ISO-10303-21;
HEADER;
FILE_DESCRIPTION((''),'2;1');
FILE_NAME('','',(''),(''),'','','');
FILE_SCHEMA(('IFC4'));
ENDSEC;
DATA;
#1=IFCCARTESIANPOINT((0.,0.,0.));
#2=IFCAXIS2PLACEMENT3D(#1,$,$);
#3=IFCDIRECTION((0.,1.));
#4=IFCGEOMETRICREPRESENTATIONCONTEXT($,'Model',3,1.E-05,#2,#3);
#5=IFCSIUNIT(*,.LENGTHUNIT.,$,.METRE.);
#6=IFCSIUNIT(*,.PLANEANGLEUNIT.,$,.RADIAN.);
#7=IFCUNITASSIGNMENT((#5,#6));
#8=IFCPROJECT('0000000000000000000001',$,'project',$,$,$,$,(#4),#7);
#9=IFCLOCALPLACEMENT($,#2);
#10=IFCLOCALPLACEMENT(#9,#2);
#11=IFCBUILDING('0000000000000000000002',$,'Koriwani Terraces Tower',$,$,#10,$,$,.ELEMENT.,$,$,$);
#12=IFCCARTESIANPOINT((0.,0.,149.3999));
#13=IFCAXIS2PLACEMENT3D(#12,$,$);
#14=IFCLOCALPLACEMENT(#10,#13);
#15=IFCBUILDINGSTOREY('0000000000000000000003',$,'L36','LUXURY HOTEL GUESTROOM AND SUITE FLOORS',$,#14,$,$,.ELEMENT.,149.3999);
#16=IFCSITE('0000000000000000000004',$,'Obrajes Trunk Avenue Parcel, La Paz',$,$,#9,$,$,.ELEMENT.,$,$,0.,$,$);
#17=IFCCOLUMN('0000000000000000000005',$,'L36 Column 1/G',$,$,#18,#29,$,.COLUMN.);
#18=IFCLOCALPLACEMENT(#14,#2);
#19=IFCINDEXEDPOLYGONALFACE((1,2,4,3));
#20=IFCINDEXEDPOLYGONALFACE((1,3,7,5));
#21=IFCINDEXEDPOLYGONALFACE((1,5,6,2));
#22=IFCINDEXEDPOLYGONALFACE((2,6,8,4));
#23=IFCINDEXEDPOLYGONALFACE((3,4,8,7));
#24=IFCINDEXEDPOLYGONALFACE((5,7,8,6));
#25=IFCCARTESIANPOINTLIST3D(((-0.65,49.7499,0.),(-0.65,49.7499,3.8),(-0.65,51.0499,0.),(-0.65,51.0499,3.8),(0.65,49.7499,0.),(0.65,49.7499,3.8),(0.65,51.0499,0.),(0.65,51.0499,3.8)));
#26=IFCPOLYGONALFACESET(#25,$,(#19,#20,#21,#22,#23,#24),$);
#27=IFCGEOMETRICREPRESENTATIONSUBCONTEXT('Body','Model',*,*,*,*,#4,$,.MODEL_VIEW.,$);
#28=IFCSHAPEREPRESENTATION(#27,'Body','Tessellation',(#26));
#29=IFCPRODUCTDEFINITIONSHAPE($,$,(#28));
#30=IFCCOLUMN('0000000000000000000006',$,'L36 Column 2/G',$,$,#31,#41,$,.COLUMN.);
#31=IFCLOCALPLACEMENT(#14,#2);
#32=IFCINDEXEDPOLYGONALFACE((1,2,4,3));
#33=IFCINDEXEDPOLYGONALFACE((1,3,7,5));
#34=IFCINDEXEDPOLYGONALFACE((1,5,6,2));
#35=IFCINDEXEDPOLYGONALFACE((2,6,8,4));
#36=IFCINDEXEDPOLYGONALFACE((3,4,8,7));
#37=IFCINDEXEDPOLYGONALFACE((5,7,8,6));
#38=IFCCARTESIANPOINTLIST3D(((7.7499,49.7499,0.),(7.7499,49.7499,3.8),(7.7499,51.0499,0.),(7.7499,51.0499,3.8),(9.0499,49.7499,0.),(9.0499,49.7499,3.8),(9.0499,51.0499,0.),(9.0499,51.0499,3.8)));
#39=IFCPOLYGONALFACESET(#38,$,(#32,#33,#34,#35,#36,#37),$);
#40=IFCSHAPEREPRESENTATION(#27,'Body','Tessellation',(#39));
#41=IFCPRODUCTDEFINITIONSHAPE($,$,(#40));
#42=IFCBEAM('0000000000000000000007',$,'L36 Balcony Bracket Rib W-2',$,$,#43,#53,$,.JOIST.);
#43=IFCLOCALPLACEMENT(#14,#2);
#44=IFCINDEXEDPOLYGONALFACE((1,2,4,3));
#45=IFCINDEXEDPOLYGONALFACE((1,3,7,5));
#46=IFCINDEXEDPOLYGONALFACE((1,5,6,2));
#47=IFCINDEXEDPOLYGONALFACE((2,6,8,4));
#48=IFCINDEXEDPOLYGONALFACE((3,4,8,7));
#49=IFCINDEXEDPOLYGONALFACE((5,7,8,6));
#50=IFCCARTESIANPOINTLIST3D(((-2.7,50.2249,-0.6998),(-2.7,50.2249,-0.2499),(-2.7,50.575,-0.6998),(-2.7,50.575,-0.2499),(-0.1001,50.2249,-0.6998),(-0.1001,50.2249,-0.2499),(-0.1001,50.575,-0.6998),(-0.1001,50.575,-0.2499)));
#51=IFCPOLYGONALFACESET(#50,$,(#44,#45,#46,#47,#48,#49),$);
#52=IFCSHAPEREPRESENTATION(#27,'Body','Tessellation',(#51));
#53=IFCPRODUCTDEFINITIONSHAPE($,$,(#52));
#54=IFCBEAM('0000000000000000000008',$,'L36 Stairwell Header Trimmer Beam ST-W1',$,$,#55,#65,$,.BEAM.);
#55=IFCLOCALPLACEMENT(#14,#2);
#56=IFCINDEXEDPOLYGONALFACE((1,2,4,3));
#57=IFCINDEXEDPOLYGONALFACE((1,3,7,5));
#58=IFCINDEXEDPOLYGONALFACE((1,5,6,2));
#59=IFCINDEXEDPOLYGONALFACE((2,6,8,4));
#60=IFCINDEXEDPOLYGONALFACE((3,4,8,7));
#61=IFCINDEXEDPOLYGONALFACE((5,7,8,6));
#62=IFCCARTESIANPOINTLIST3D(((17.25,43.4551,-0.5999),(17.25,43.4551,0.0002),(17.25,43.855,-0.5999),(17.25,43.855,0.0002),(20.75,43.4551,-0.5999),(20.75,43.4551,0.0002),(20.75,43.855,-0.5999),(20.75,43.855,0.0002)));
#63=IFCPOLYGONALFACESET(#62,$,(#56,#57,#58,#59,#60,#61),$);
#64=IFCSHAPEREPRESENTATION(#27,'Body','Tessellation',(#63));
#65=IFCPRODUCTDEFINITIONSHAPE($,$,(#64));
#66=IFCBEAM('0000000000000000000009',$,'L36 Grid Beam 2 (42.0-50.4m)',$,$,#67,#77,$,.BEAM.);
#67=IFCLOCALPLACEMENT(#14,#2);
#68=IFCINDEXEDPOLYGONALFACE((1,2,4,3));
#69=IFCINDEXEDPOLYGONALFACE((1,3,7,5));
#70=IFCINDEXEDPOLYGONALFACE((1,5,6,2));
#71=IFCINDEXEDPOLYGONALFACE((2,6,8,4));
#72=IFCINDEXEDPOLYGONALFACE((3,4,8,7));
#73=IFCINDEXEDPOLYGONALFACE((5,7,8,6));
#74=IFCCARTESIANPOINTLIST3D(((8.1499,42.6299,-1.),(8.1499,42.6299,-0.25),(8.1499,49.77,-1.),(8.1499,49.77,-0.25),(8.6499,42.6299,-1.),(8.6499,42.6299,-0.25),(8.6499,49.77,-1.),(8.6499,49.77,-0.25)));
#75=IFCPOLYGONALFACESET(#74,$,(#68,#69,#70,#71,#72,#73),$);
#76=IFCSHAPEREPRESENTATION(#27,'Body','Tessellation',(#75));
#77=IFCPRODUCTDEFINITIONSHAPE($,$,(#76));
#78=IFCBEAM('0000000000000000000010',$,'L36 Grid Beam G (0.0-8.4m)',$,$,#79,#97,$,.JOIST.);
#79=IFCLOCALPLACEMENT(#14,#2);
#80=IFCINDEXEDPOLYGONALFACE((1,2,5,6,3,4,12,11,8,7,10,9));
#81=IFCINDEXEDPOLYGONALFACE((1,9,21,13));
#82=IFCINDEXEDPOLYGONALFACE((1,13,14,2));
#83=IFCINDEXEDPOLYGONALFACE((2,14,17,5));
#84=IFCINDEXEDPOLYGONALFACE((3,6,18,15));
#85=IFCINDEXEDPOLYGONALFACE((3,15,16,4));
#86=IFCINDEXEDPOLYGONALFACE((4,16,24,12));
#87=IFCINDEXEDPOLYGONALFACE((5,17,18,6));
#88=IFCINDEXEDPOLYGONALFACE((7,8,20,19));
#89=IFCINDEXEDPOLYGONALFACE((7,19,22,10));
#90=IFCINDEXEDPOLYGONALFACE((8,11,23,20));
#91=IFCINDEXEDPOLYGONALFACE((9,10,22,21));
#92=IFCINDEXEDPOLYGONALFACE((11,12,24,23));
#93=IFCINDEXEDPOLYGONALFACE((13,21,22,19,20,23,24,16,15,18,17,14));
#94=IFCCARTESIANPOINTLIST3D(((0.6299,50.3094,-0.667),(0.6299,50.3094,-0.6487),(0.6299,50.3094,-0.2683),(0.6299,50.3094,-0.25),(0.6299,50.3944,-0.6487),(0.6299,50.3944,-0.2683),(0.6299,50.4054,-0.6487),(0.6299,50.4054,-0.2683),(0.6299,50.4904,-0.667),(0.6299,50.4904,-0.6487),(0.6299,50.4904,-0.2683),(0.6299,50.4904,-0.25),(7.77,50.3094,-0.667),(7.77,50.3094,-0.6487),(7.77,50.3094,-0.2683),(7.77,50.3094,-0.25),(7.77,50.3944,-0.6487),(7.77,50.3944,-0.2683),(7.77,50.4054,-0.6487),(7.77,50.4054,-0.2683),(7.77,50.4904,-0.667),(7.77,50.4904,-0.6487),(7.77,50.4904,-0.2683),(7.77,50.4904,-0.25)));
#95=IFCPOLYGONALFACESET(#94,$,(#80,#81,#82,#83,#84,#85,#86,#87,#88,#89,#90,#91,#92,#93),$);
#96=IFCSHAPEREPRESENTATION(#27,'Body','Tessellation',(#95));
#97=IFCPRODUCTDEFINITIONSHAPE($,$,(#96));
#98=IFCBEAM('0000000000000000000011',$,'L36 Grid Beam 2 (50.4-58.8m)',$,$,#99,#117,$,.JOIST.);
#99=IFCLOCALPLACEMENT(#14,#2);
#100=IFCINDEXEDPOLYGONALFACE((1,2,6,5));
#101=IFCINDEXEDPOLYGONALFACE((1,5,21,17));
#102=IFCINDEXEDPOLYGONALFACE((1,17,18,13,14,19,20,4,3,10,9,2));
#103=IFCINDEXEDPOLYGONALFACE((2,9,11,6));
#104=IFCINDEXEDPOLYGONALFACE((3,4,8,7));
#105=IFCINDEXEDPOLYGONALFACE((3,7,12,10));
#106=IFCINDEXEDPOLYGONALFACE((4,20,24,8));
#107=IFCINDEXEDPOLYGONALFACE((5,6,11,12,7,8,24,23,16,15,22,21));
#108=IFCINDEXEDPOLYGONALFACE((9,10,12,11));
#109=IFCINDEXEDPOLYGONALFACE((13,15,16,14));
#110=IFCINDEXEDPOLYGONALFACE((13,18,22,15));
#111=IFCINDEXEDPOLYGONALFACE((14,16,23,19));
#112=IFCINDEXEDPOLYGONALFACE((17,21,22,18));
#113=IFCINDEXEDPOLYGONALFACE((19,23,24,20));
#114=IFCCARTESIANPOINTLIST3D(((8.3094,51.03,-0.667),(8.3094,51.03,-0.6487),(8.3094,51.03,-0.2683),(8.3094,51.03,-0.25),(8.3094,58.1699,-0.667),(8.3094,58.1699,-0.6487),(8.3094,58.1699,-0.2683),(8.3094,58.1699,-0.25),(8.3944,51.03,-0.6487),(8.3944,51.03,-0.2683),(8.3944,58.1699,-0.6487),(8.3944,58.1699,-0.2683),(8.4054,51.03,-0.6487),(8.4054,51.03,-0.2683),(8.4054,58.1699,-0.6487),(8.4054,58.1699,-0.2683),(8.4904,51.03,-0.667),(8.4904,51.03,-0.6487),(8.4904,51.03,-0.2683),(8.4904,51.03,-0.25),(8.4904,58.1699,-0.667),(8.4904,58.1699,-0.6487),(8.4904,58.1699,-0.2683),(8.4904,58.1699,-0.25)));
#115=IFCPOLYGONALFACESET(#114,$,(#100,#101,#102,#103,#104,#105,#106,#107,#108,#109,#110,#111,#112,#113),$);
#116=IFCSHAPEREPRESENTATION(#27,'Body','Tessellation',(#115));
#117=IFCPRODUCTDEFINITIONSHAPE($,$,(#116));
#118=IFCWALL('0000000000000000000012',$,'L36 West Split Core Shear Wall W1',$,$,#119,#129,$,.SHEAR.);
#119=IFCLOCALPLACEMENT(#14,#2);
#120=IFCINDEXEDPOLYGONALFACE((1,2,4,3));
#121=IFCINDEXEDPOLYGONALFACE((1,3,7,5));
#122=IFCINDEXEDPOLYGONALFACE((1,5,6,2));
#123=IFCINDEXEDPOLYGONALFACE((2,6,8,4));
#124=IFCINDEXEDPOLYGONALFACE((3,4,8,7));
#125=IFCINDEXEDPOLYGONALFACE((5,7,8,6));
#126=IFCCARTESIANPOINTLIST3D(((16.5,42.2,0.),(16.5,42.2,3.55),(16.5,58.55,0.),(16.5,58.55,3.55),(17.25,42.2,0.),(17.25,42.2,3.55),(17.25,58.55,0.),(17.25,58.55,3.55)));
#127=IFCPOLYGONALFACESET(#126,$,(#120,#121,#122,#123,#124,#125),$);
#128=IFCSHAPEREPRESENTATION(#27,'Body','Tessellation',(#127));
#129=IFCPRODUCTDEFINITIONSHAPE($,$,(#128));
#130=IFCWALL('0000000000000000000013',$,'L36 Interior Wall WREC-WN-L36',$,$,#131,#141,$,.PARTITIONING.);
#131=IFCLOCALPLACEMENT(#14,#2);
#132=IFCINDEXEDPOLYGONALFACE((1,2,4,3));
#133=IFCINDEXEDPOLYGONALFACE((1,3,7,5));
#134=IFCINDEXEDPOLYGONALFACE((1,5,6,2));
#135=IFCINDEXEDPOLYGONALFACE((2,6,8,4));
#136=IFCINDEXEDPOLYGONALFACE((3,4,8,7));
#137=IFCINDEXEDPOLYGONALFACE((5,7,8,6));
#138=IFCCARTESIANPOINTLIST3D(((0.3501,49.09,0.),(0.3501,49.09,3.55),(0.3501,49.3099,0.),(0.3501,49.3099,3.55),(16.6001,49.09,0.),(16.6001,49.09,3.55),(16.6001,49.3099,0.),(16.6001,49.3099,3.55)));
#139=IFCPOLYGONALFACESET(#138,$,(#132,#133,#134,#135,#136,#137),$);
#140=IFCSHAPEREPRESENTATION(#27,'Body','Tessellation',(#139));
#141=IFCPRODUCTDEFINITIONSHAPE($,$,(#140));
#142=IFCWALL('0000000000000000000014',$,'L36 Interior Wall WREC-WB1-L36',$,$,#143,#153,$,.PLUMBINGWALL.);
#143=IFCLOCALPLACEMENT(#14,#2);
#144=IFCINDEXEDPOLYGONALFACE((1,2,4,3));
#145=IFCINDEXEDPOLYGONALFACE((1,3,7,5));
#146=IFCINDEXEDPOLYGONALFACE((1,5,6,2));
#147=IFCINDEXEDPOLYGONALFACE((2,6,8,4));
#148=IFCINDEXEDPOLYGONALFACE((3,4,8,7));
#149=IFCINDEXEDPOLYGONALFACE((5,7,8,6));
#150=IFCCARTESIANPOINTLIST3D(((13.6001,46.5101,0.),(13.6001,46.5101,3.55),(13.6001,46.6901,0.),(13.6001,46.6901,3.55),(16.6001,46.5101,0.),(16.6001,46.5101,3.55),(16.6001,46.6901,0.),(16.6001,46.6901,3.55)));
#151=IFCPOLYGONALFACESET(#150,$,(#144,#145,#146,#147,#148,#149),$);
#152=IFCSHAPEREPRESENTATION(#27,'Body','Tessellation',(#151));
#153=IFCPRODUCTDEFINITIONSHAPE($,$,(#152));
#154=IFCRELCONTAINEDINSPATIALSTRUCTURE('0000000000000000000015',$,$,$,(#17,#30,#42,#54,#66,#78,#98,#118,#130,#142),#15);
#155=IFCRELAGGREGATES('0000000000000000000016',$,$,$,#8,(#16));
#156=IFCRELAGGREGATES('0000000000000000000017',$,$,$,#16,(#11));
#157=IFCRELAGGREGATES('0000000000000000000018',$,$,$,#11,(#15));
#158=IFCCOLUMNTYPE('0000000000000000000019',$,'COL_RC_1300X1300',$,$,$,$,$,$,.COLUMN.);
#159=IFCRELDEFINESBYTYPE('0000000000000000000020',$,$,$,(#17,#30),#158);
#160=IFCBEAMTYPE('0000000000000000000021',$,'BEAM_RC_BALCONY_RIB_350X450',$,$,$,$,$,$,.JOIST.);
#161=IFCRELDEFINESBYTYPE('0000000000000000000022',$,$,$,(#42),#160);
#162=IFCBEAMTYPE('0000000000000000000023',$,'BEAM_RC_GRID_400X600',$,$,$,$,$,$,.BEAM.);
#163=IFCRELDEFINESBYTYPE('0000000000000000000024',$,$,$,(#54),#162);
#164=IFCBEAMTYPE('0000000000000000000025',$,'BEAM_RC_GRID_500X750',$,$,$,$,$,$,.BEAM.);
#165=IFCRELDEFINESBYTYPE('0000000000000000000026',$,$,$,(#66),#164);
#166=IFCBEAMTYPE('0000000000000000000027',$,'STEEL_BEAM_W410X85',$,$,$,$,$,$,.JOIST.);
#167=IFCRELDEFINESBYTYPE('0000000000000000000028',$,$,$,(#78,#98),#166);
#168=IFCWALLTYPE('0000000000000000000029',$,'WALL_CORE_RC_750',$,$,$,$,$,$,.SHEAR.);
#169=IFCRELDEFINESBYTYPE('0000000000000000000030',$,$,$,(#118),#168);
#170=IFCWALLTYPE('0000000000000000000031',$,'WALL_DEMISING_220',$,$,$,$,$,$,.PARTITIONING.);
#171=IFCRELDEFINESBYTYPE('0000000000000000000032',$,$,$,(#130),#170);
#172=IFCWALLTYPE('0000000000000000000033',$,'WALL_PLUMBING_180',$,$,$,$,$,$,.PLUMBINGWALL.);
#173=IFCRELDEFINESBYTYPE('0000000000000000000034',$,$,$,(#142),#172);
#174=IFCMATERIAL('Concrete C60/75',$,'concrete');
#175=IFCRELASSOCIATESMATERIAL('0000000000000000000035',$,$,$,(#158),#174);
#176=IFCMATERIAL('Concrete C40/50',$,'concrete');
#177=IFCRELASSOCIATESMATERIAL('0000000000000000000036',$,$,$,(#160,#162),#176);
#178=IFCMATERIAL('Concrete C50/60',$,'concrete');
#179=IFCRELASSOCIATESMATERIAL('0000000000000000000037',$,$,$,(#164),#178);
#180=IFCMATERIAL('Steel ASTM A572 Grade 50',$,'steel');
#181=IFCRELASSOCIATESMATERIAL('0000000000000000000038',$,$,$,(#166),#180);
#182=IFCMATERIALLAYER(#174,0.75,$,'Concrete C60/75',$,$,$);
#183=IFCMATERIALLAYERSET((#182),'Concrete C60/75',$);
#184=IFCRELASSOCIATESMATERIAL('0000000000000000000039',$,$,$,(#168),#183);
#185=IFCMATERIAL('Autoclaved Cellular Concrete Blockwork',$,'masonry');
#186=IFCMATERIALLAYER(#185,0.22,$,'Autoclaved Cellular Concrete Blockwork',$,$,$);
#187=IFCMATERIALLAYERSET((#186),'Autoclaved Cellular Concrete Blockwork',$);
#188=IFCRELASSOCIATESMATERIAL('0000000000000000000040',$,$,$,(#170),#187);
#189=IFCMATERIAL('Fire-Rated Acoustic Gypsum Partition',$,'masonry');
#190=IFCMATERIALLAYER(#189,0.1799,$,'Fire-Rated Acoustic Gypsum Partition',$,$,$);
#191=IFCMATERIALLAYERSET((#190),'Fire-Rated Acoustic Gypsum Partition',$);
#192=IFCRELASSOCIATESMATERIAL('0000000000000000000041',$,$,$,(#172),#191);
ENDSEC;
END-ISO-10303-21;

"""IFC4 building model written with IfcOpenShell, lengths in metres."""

from ifc_helpers import new_model, si_unit, direction, frame, frame_2d, origin, origin_2d, place, context, subcontext, project, spatial, rectangle, i_section, extrude, material, layer, layer_set, material_profile, profile_set, type_object, element, save


model = new_model("IFC4")

# Units and contexts
model_context = context("Model", 3, precision=1e-05, world=origin(), true_north=direction((0.0, 1.0)))
body_context = subcontext(model_context, "Body", "Model", "MODEL_VIEW")
ifc_project = project(units=[si_unit("LENGTHUNIT", "METRE"), si_unit("PLANEANGLEUNIT", "RADIAN")], contexts=[model_context])

# Site, building, storey
site_placement = place(None, origin())
site = spatial("IfcSite", under=ifc_project, at=site_placement, Name="Obrajes Trunk Avenue Parcel, La Paz", CompositionType="ELEMENT", RefElevation=0.0)
building_placement = place(site_placement, origin())
building = spatial("IfcBuilding", under=site, at=building_placement, Name="Koriwani Terraces Tower", CompositionType="ELEMENT")
storey_placement = place(building_placement, frame((0.0, 0.0, 149.3999)))
storey = spatial("IfcBuildingStorey", under=building, at=storey_placement, Name="L36", Description="LUXURY HOTEL GUESTROOM AND SUITE FLOORS", CompositionType="ELEMENT", Elevation=149.3999)

# Columns
ifc_material_1 = material(Name="Concrete C60/75", Category="concrete")
ifc_material_profile_1 = material_profile(ifc_material_1, rectangle(XDim=1.3, YDim=1.3, at=origin_2d()), Name="Concrete C60/75", Category="LoadBearing")
ifc_profile_set_1 = profile_set([ifc_material_profile_1], Name="Concrete C60/75")
column_type = type_object("IfcColumnType", Name="COL_RC_1300X1300", PredefinedType="COLUMN", material=ifc_profile_set_1)
for number, where, z_axis, x_axis, name in (
    (1, (0.0, 50.3999, 0.0), (0.0, 0.0, 1.0), (1.0, 0.0, 0.0), "L36 Column 1/G"),
    (2, (8.3999, 50.3999, 0.0), (0.0, 0.0, 1.0), (1.0, 0.0, 0.0), "L36 Column 2/G"),
):
    element("IfcColumn", number, at=place(storey_placement, frame(where, z_axis=z_axis, x_axis=x_axis)), inside=storey, type_object=column_type, Name=name, PredefinedType="COLUMN", context=body_context, shape_type="SweptSolid", body=[
        extrude(rectangle(XDim=1.3, YDim=1.3, at=origin_2d()), origin(), (0.0, 0.0, 1.0), 3.8),
    ])

# Beams
ifc_material_2 = material(Name="Concrete C40/50", Category="concrete")
ifc_material_profile_2 = material_profile(ifc_material_2, rectangle(XDim=0.3501, YDim=0.45, at=origin_2d()), Name="Concrete C40/50", Category="LoadBearing")
ifc_profile_set_2 = profile_set([ifc_material_profile_2], Name="Concrete C40/50")
beam_type_1 = type_object("IfcBeamType", Name="BEAM_RC_BALCONY_RIB_350X450", PredefinedType="JOIST", material=ifc_profile_set_2)
beam_1_placement = place(storey_placement, frame((-2.7, 50.3999, -0.4749), z_axis=(1.0, 0.0, 0.0), x_axis=(0.0, 1.0, 0.0)))
element("IfcBeam", 3, at=beam_1_placement, inside=storey, type_object=beam_type_1, Name="L36 Balcony Bracket Rib W-2", PredefinedType="JOIST", context=body_context, shape_type="SweptSolid", body=[
    extrude(rectangle(XDim=0.3501, YDim=0.45, at=origin_2d()), origin(), (0.0, 0.0, 1.0), 2.5999),
])
ifc_material_profile_3 = material_profile(ifc_material_2, rectangle(XDim=0.3999, YDim=0.6001, at=origin_2d()), Name="Concrete C40/50", Category="LoadBearing")
ifc_profile_set_3 = profile_set([ifc_material_profile_3], Name="Concrete C40/50")
beam_type_2 = type_object("IfcBeamType", Name="BEAM_RC_GRID_400X600", PredefinedType="BEAM", material=ifc_profile_set_3)
beam_2_placement = place(storey_placement, frame((17.25, 43.655, -0.2998), z_axis=(1.0, 0.0, 0.0), x_axis=(0.0, 1.0, 0.0)))
element("IfcBeam", 4, at=beam_2_placement, inside=storey, type_object=beam_type_2, Name="L36 Stairwell Header Trimmer Beam ST-W1", PredefinedType="BEAM", context=body_context, shape_type="SweptSolid", body=[
    extrude(rectangle(XDim=0.3999, YDim=0.6001, at=origin_2d()), origin(), (0.0, 0.0, 1.0), 3.5),
])
ifc_material_3 = material(Name="Concrete C50/60", Category="concrete")
ifc_material_profile_4 = material_profile(ifc_material_3, rectangle(XDim=0.5, YDim=0.75, at=origin_2d()), Name="Concrete C50/60", Category="LoadBearing")
ifc_profile_set_4 = profile_set([ifc_material_profile_4], Name="Concrete C50/60")
beam_type_3 = type_object("IfcBeamType", Name="BEAM_RC_GRID_500X750", PredefinedType="BEAM", material=ifc_profile_set_4)
beam_3_placement = place(storey_placement, frame((8.3999, 42.6299, -0.625), z_axis=(0.0, 1.0, 0.0), x_axis=(-1.0, 0.0, 0.0)))
element("IfcBeam", 5, at=beam_3_placement, inside=storey, type_object=beam_type_3, Name="L36 Grid Beam 2 (42.0-50.4m)", PredefinedType="BEAM", context=body_context, shape_type="SweptSolid", body=[
    extrude(rectangle(XDim=0.5, YDim=0.75, at=origin_2d()), origin(), (0.0, 0.0, 1.0), 7.1401),
])
ifc_material_4 = material(Name="Steel ASTM A572 Grade 50", Category="steel")
ifc_material_profile_5 = material_profile(ifc_material_4, i_section(OverallWidth=0.1809, OverallDepth=0.417, WebThickness=0.011, FlangeThickness=0.0183, at=origin_2d()), Name="Steel ASTM A572 Grade 50", Category="LoadBearing")
ifc_profile_set_5 = profile_set([ifc_material_profile_5], Name="Steel ASTM A572 Grade 50")
beam_type_4 = type_object("IfcBeamType", Name="STEEL_BEAM_W410X85", PredefinedType="JOIST", material=ifc_profile_set_5)
beam_4_placement = place(storey_placement, frame((0.6299, 50.3999, -0.4585), z_axis=(1.0, 0.0, 0.0), x_axis=(0.0, 1.0, 0.0)))
element("IfcBeam", 6, at=beam_4_placement, inside=storey, type_object=beam_type_4, Name="L36 Grid Beam G (0.0-8.4m)", PredefinedType="JOIST", context=body_context, shape_type="SweptSolid", body=[
    extrude(i_section(OverallWidth=0.1809, OverallDepth=0.417, WebThickness=0.011, FlangeThickness=0.0183, at=origin_2d()), origin(), (0.0, 0.0, 1.0), 7.1401),
])
beam_5_placement = place(storey_placement, frame((8.3999, 51.03, -0.4585), z_axis=(0.0, 1.0, 0.0), x_axis=(-1.0, 0.0, 0.0)))
element("IfcBeam", 7, at=beam_5_placement, inside=storey, type_object=beam_type_4, Name="L36 Grid Beam 2 (50.4-58.8m)", PredefinedType="JOIST", context=body_context, shape_type="SweptSolid", body=[
    extrude(i_section(OverallWidth=0.1809, OverallDepth=0.417, WebThickness=0.011, FlangeThickness=0.0183, at=origin_2d()), origin(), (0.0, 0.0, 1.0), 7.1399),
])

# Walls
ifc_layer_1 = layer(ifc_material_1, 0.75, Name="Concrete C60/75")
ifc_layer_set_1 = layer_set([ifc_layer_1], Name="Concrete C60/75")
wall_type_1 = type_object("IfcWallType", Name="WALL_CORE_RC_750", PredefinedType="SHEAR", material=ifc_layer_set_1)
wall_1_placement = place(storey_placement, frame((16.875, 42.2, 0.0), z_axis=(0.0, 0.0, 1.0), x_axis=(0.0, 1.0, 0.0)))
element("IfcWall", 8, at=wall_1_placement, inside=storey, type_object=wall_type_1, Name="L36 West Split Core Shear Wall W1", PredefinedType="SHEAR", context=body_context, shape_type="SweptSolid", body=[
    extrude(rectangle(XDim=16.3501, YDim=0.75, at=frame_2d((8.175, 0.0))), origin(), (0.0, 0.0, 1.0), 3.55),
])
ifc_material_5 = material(Name="Autoclaved Cellular Concrete Blockwork", Category="masonry")
ifc_layer_2 = layer(ifc_material_5, 0.22, Name="Autoclaved Cellular Concrete Blockwork")
ifc_layer_set_2 = layer_set([ifc_layer_2], Name="Autoclaved Cellular Concrete Blockwork")
wall_type_2 = type_object("IfcWallType", Name="WALL_DEMISING_220", PredefinedType="PARTITIONING", material=ifc_layer_set_2)
wall_2_placement = place(storey_placement, frame((0.3501, 49.2, 0.0), z_axis=(0.0, 0.0, 1.0), x_axis=(1.0, 0.0, 0.0)))
element("IfcWall", 9, at=wall_2_placement, inside=storey, type_object=wall_type_2, Name="L36 Interior Wall WREC-WN-L36", PredefinedType="PARTITIONING", context=body_context, shape_type="SweptSolid", body=[
    extrude(rectangle(XDim=16.25, YDim=0.22, at=frame_2d((8.125, 0.0))), origin(), (0.0, 0.0, 1.0), 3.55),
])
ifc_material_6 = material(Name="Fire-Rated Acoustic Gypsum Partition", Category="masonry")
ifc_layer_3 = layer(ifc_material_6, 0.1799, Name="Fire-Rated Acoustic Gypsum Partition")
ifc_layer_set_3 = layer_set([ifc_layer_3], Name="Fire-Rated Acoustic Gypsum Partition")
wall_type_3 = type_object("IfcWallType", Name="WALL_PLUMBING_180", PredefinedType="PLUMBINGWALL", material=ifc_layer_set_3)
wall_3_placement = place(storey_placement, frame((13.6001, 46.6001, 0.0), z_axis=(0.0, 0.0, 1.0), x_axis=(1.0, 0.0, 0.0)))
element("IfcWall", 10, at=wall_3_placement, inside=storey, type_object=wall_type_3, Name="L36 Interior Wall WREC-WB1-L36", PredefinedType="PLUMBINGWALL", context=body_context, shape_type="SweptSolid", body=[
    extrude(rectangle(XDim=3.0, YDim=0.1799, at=frame_2d((1.5, 0.0))), origin(), (0.0, 0.0, 1.0), 3.55),
])

save(model, "model.ifc")
